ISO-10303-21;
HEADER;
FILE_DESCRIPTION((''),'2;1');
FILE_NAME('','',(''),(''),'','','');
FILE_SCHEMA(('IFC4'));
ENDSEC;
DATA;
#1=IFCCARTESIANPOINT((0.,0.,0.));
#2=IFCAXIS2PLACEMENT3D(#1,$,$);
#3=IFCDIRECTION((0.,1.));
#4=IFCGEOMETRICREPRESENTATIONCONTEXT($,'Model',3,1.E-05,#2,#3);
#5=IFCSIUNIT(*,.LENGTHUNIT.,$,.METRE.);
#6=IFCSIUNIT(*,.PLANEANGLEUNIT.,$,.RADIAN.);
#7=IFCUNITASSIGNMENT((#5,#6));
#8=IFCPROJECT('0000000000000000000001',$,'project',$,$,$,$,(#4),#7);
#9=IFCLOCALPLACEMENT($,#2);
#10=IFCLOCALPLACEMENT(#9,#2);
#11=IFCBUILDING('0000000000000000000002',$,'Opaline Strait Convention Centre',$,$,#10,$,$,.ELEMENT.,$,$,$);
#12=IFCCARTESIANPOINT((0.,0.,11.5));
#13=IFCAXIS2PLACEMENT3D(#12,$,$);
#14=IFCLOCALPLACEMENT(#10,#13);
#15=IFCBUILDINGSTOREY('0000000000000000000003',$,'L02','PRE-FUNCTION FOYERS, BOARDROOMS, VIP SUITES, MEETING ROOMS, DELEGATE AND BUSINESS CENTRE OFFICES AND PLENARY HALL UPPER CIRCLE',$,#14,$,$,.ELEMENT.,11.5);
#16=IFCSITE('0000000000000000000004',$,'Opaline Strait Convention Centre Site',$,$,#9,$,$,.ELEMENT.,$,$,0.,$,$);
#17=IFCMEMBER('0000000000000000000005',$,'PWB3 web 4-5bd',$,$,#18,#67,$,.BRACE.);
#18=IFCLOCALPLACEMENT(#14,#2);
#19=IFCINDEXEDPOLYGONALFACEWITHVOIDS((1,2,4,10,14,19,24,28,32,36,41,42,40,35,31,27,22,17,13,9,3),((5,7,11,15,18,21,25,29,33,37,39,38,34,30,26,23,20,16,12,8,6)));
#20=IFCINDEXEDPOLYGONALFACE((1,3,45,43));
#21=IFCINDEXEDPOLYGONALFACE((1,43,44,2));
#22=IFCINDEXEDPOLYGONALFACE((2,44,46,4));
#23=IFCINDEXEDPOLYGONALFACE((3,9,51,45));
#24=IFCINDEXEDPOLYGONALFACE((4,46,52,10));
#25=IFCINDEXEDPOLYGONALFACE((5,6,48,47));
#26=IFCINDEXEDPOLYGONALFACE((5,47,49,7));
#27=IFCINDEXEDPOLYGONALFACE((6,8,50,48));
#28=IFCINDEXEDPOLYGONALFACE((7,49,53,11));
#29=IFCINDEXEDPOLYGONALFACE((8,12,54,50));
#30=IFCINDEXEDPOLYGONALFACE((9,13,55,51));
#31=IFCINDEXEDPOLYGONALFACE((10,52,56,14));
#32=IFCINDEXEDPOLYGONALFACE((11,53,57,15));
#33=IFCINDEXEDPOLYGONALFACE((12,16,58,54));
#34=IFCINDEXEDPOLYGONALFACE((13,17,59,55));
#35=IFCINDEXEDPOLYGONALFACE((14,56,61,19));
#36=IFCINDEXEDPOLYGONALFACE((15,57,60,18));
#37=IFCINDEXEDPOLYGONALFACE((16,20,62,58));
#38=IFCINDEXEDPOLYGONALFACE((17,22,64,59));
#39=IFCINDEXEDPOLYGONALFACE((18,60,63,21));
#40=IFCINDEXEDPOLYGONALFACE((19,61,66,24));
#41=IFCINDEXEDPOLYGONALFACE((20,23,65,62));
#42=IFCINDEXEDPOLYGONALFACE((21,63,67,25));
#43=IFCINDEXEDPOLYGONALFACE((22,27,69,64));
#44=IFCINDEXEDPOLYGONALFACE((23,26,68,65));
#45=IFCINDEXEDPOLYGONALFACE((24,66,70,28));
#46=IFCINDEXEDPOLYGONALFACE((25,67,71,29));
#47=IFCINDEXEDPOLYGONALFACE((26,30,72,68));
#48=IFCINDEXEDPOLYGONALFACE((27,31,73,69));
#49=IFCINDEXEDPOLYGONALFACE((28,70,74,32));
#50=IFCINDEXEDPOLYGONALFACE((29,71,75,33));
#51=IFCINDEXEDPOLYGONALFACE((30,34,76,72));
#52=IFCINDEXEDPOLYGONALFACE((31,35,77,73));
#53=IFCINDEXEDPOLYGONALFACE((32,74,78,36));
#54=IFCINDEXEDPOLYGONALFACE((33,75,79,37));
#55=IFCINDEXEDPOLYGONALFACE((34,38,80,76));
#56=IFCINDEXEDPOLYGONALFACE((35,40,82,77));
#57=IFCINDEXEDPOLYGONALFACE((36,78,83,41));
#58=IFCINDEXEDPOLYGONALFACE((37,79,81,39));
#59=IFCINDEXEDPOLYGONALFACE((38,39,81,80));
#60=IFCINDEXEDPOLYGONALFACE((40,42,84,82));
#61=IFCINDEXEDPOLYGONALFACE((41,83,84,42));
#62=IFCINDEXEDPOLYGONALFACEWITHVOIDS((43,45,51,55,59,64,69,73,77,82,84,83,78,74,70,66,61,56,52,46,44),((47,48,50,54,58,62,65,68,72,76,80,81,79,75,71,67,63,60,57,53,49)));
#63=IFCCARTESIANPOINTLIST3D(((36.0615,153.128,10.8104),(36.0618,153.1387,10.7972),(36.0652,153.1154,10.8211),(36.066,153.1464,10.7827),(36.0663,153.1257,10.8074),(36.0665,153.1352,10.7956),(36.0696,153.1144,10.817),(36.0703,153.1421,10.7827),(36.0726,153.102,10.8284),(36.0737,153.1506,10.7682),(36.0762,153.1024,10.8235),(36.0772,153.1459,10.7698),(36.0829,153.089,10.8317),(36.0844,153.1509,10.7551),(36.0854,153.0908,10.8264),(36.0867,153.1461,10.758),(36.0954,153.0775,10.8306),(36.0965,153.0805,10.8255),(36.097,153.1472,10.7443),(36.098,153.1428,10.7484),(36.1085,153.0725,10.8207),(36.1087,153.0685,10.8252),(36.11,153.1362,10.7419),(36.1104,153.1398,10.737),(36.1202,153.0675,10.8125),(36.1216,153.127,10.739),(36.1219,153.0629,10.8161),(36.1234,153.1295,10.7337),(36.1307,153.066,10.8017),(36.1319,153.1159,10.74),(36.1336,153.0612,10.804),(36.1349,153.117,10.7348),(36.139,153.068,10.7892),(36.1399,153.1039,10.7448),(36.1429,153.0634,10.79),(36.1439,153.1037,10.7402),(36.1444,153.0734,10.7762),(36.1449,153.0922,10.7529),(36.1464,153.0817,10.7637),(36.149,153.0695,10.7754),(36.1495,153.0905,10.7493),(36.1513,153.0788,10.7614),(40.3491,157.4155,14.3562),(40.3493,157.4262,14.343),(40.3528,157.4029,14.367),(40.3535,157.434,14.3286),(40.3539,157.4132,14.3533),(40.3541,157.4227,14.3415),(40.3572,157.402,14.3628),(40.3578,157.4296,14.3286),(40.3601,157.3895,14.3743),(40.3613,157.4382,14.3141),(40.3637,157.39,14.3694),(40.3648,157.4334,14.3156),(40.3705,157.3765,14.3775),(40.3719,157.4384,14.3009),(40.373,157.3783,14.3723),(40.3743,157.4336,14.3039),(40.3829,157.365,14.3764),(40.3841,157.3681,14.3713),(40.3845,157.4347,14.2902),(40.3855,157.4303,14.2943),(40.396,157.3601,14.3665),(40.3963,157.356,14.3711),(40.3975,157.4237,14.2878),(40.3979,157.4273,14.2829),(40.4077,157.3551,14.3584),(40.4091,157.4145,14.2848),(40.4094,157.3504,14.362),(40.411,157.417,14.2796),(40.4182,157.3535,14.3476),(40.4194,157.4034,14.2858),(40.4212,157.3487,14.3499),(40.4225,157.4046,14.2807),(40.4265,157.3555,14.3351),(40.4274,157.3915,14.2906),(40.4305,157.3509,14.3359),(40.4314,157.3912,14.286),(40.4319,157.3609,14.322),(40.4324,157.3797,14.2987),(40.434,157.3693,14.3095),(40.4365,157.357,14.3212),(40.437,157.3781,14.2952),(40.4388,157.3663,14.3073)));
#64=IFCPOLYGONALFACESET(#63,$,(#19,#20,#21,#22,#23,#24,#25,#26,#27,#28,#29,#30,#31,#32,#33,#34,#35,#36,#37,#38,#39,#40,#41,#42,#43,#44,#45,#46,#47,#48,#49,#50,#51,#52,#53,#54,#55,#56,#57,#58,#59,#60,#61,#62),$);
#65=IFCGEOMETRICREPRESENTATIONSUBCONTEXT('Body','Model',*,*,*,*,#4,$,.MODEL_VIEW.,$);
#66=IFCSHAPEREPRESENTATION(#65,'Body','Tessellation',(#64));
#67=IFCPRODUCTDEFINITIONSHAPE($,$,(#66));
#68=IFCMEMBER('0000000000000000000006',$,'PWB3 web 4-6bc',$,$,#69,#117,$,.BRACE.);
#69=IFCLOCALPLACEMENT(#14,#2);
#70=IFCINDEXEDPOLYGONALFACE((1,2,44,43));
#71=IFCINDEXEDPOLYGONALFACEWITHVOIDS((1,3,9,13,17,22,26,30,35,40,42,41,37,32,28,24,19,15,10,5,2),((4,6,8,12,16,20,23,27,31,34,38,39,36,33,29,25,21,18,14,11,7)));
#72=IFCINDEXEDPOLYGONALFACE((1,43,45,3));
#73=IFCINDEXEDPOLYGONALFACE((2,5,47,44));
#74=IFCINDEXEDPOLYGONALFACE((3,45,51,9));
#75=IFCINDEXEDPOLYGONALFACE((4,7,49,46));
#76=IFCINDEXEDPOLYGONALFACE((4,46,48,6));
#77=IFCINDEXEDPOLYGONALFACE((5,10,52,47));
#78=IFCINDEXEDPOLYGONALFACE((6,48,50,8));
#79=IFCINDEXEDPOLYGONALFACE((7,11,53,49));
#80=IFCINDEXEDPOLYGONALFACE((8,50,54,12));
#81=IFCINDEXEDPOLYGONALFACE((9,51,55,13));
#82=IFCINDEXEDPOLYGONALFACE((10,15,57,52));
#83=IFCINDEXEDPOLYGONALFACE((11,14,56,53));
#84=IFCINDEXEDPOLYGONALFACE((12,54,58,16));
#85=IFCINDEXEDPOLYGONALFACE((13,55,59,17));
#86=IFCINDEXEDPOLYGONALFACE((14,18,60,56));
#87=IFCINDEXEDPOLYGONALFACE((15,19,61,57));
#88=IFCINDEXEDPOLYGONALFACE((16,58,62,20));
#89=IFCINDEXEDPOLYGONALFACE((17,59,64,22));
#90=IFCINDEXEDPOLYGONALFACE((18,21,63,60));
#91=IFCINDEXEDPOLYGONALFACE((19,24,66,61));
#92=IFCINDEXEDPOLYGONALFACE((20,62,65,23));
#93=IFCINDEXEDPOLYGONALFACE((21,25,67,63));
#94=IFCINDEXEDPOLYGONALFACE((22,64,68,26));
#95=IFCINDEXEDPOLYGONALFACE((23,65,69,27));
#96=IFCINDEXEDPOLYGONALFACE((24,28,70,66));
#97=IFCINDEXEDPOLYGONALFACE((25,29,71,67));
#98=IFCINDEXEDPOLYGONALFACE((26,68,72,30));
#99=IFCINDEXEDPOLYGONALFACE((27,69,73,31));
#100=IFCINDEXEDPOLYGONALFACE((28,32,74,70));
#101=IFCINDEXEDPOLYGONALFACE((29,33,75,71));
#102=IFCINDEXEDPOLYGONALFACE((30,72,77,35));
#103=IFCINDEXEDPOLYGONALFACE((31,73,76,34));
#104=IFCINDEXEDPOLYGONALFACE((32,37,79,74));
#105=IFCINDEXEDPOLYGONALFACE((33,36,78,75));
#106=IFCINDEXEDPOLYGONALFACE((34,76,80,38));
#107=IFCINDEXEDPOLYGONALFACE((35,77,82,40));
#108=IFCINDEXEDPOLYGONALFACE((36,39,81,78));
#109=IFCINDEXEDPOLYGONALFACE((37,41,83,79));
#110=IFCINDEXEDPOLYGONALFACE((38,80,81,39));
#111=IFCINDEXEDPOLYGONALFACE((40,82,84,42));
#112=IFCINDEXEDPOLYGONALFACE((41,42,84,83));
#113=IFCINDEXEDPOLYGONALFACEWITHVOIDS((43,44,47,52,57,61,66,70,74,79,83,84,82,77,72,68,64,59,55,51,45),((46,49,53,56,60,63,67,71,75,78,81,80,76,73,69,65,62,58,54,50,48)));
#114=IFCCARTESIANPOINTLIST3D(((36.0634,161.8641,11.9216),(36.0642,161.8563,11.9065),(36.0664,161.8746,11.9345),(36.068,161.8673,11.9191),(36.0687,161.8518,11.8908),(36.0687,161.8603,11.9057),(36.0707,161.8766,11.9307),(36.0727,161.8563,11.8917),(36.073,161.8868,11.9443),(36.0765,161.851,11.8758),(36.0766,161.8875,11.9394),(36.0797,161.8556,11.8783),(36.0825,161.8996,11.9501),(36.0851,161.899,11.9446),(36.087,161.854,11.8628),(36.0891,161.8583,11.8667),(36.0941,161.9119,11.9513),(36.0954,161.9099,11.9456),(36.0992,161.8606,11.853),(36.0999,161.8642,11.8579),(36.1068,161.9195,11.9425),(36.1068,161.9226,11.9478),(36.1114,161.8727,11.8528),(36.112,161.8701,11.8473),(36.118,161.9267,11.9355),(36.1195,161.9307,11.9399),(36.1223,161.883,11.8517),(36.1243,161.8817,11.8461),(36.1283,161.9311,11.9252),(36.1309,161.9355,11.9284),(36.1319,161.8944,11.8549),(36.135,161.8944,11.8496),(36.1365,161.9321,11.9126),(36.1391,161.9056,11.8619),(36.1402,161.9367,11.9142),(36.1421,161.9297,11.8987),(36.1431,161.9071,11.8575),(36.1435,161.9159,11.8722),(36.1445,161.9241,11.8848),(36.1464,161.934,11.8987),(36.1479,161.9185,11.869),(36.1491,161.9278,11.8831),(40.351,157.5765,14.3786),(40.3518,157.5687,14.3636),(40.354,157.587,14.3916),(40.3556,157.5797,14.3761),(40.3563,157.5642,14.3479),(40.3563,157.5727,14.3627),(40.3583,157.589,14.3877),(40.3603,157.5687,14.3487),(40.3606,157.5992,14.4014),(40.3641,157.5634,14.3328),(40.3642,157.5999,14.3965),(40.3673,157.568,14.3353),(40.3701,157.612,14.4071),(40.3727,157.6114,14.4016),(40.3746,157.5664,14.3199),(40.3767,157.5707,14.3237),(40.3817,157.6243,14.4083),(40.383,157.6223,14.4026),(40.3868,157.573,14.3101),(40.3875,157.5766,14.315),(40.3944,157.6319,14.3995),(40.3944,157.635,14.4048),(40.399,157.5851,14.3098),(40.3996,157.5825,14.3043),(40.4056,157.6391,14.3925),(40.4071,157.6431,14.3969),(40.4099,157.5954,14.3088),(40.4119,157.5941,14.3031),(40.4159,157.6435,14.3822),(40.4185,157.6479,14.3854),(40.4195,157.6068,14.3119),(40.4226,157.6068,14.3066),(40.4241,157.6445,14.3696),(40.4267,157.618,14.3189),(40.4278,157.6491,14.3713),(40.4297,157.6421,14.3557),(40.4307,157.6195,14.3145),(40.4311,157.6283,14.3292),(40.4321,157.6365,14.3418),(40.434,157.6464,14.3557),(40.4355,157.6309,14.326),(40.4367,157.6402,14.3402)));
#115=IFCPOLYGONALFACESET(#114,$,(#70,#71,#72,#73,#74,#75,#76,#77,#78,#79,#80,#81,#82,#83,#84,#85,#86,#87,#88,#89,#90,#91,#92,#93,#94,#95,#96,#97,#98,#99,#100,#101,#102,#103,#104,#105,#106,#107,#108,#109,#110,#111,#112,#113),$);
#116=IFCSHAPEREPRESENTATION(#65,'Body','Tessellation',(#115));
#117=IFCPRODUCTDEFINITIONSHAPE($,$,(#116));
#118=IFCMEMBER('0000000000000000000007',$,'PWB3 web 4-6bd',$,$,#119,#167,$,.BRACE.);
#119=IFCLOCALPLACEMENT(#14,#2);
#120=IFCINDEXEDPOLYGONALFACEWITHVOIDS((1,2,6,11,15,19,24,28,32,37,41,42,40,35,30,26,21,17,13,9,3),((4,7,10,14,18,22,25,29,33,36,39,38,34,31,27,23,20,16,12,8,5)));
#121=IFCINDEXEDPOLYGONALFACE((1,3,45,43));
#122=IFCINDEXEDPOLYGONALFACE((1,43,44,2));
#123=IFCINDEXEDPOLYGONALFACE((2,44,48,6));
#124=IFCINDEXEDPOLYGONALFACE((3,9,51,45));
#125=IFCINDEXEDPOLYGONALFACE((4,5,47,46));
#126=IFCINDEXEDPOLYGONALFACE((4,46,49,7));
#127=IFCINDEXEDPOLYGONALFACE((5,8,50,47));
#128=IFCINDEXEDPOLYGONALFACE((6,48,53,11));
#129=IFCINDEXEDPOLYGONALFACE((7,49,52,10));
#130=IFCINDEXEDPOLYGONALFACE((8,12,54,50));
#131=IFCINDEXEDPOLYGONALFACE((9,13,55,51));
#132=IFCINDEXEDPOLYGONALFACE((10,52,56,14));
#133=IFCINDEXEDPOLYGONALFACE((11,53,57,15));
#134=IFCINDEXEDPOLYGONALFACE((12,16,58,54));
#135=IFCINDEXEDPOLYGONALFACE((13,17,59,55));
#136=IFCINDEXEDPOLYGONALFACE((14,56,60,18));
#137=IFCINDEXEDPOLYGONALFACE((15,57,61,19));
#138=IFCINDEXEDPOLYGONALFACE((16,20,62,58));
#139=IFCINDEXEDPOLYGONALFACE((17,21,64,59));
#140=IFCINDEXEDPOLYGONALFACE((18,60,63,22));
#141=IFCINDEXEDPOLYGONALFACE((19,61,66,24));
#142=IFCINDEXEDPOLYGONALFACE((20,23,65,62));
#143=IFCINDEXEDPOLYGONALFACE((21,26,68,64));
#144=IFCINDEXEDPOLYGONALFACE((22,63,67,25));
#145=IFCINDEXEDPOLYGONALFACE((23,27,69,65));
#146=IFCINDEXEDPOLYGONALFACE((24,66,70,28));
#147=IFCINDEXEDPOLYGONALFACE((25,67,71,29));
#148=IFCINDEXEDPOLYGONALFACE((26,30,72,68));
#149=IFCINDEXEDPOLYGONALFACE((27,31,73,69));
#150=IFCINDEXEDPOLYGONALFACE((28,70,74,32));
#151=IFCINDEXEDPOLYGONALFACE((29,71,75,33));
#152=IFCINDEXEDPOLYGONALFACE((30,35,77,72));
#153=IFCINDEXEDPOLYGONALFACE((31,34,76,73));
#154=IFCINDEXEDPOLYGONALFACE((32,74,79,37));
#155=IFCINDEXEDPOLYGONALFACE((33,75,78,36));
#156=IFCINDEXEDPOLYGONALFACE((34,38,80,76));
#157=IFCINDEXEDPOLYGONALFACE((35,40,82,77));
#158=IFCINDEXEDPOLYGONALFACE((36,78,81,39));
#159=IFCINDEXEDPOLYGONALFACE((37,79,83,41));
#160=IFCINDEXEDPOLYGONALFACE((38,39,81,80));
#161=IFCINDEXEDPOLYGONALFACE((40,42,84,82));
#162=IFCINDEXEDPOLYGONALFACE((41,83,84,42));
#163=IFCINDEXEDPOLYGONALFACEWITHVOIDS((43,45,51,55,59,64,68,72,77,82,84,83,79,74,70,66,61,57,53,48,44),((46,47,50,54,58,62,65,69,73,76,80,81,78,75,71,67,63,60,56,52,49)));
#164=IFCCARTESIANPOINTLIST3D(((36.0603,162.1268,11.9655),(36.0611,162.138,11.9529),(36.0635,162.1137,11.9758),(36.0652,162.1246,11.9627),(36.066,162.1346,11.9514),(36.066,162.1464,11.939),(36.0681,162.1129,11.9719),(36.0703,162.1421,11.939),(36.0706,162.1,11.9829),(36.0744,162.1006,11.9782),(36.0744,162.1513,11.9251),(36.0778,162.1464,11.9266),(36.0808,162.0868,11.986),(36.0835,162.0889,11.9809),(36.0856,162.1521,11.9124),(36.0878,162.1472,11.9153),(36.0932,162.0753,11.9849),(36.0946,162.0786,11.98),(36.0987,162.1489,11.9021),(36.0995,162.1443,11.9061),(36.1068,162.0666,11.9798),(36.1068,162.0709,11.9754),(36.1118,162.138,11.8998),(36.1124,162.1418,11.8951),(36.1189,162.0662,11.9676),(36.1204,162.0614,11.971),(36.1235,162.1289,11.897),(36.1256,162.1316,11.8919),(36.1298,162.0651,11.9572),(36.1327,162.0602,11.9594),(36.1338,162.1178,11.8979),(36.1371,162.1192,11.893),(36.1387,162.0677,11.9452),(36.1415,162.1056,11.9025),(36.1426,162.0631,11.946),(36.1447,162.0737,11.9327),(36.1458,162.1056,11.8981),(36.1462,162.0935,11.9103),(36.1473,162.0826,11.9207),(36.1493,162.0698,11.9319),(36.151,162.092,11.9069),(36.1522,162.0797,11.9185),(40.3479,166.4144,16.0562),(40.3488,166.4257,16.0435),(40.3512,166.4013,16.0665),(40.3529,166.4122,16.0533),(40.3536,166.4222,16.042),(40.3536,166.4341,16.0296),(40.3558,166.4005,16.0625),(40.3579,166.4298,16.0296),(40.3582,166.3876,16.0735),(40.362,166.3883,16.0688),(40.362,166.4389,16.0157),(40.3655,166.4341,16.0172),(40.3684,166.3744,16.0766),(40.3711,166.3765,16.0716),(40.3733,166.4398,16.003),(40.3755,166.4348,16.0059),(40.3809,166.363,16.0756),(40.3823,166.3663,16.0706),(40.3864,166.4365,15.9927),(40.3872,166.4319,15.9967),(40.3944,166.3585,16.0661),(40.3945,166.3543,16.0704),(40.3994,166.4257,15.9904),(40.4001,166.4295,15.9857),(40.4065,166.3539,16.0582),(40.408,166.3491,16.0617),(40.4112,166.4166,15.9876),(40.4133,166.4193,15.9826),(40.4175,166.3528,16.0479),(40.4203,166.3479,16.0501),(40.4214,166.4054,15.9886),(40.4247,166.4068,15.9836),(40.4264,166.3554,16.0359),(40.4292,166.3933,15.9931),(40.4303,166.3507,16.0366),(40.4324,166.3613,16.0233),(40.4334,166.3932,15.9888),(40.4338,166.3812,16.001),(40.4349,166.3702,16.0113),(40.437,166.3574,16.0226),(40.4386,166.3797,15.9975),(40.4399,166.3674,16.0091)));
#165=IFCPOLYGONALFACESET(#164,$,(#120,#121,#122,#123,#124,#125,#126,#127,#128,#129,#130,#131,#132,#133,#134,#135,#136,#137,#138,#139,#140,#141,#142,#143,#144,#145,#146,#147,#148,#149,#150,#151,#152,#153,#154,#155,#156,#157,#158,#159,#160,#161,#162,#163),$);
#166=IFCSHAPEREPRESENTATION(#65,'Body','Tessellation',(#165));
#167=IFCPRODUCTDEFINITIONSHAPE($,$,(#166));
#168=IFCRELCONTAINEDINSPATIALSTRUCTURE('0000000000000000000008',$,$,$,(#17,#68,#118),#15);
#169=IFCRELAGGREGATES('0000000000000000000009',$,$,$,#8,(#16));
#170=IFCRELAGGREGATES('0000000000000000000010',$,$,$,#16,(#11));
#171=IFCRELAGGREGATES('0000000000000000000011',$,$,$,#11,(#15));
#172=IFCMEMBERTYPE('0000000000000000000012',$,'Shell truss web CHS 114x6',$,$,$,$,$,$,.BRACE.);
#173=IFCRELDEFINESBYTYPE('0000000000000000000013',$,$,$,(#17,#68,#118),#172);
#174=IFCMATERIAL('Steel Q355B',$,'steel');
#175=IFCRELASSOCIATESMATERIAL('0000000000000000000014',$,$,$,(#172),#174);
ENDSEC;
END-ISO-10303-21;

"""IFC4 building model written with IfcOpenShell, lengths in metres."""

from ifc_helpers import new_model, si_unit, direction, frame, origin, origin_2d, place, context, subcontext, project, spatial, hollow_circle, extrude, material, material_profile, profile_set, type_object, element, save


model = new_model("IFC4")

# Units and contexts
model_context = context("Model", 3, precision=1e-05, world=origin(), true_north=direction((0.0, 1.0)))
body_context = subcontext(model_context, "Body", "Model", "MODEL_VIEW")
ifc_project = project(units=[si_unit("LENGTHUNIT", "METRE"), si_unit("PLANEANGLEUNIT", "RADIAN")], contexts=[model_context])

# Site, building, storey
site_placement = place(None, origin())
site = spatial("IfcSite", under=ifc_project, at=site_placement, Name="Opaline Strait Convention Centre Site", CompositionType="ELEMENT", RefElevation=0.0)
building_placement = place(site_placement, origin())
building = spatial("IfcBuilding", under=site, at=building_placement, Name="Opaline Strait Convention Centre", CompositionType="ELEMENT")
storey_placement = place(building_placement, frame((0.0, 0.0, 11.5)))
storey = spatial("IfcBuildingStorey", under=building, at=storey_placement, Name="L02", Description="PRE-FUNCTION FOYERS, BOARDROOMS, VIP SUITES, MEETING ROOMS, DELEGATE AND BUSINESS CENTRE OFFICES AND PLENARY HALL UPPER CIRCLE", CompositionType="ELEMENT", Elevation=11.5)

# Members
ifc_material_1 = material(Name="Steel Q355B", Category="steel")
ifc_material_profile_1 = material_profile(ifc_material_1, hollow_circle(Radius=0.0569, WallThickness=0.0061, at=origin_2d()), Name="CHS 114x6")
ifc_profile_set_1 = profile_set([ifc_material_profile_1], Name="Steel Q355B")
member_type_1 = type_object("IfcMemberType", Name="Shell truss web CHS 114x6", PredefinedType="BRACE", material=ifc_profile_set_1)
member_1_placement = place(storey_placement, frame((36.1062, 153.1062, 10.7827), z_axis=(0.610398, 0.610398, 0.504807), x_axis=(-0.707107, 0.707107, 0.0)))
element("IfcMember", 1, at=member_1_placement, inside=storey, type_object=member_type_1, Name="PWB3 web 4-5bd", PredefinedType="BRACE", context=body_context, shape_type="SweptSolid", body=[
    extrude(hollow_circle(Radius=0.0569, WallThickness=0.0061, at=origin_2d()), origin(), (0.0, 0.0, 1.0), 7.0242),
])
member_2_placement = place(storey_placement, frame((36.1062, 161.8938, 11.8987), z_axis=(0.655348, -0.655348, 0.375551), x_axis=(0.707107, 0.707107, 0.0)))
element("IfcMember", 2, at=member_2_placement, inside=storey, type_object=member_type_1, Name="PWB3 web 4-6bc", PredefinedType="BRACE", context=body_context, shape_type="SweptSolid", body=[
    extrude(hollow_circle(Radius=0.0569, WallThickness=0.0061, at=origin_2d()), origin(), (0.0, 0.0, 1.0), 6.5425),
])
member_3_placement = place(storey_placement, frame((36.1062, 162.1062, 11.939), z_axis=(0.586189, 0.586189, 0.559253), x_axis=(-0.707107, 0.707107, 0.0)))
element("IfcMember", 3, at=member_3_placement, inside=storey, type_object=member_type_1, Name="PWB3 web 4-6bd", PredefinedType="BRACE", context=body_context, shape_type="SweptSolid", body=[
    extrude(hollow_circle(Radius=0.0569, WallThickness=0.0061, at=origin_2d()), origin(), (0.0, 0.0, 1.0), 7.3145),
])

save(model, "model.ifc")
